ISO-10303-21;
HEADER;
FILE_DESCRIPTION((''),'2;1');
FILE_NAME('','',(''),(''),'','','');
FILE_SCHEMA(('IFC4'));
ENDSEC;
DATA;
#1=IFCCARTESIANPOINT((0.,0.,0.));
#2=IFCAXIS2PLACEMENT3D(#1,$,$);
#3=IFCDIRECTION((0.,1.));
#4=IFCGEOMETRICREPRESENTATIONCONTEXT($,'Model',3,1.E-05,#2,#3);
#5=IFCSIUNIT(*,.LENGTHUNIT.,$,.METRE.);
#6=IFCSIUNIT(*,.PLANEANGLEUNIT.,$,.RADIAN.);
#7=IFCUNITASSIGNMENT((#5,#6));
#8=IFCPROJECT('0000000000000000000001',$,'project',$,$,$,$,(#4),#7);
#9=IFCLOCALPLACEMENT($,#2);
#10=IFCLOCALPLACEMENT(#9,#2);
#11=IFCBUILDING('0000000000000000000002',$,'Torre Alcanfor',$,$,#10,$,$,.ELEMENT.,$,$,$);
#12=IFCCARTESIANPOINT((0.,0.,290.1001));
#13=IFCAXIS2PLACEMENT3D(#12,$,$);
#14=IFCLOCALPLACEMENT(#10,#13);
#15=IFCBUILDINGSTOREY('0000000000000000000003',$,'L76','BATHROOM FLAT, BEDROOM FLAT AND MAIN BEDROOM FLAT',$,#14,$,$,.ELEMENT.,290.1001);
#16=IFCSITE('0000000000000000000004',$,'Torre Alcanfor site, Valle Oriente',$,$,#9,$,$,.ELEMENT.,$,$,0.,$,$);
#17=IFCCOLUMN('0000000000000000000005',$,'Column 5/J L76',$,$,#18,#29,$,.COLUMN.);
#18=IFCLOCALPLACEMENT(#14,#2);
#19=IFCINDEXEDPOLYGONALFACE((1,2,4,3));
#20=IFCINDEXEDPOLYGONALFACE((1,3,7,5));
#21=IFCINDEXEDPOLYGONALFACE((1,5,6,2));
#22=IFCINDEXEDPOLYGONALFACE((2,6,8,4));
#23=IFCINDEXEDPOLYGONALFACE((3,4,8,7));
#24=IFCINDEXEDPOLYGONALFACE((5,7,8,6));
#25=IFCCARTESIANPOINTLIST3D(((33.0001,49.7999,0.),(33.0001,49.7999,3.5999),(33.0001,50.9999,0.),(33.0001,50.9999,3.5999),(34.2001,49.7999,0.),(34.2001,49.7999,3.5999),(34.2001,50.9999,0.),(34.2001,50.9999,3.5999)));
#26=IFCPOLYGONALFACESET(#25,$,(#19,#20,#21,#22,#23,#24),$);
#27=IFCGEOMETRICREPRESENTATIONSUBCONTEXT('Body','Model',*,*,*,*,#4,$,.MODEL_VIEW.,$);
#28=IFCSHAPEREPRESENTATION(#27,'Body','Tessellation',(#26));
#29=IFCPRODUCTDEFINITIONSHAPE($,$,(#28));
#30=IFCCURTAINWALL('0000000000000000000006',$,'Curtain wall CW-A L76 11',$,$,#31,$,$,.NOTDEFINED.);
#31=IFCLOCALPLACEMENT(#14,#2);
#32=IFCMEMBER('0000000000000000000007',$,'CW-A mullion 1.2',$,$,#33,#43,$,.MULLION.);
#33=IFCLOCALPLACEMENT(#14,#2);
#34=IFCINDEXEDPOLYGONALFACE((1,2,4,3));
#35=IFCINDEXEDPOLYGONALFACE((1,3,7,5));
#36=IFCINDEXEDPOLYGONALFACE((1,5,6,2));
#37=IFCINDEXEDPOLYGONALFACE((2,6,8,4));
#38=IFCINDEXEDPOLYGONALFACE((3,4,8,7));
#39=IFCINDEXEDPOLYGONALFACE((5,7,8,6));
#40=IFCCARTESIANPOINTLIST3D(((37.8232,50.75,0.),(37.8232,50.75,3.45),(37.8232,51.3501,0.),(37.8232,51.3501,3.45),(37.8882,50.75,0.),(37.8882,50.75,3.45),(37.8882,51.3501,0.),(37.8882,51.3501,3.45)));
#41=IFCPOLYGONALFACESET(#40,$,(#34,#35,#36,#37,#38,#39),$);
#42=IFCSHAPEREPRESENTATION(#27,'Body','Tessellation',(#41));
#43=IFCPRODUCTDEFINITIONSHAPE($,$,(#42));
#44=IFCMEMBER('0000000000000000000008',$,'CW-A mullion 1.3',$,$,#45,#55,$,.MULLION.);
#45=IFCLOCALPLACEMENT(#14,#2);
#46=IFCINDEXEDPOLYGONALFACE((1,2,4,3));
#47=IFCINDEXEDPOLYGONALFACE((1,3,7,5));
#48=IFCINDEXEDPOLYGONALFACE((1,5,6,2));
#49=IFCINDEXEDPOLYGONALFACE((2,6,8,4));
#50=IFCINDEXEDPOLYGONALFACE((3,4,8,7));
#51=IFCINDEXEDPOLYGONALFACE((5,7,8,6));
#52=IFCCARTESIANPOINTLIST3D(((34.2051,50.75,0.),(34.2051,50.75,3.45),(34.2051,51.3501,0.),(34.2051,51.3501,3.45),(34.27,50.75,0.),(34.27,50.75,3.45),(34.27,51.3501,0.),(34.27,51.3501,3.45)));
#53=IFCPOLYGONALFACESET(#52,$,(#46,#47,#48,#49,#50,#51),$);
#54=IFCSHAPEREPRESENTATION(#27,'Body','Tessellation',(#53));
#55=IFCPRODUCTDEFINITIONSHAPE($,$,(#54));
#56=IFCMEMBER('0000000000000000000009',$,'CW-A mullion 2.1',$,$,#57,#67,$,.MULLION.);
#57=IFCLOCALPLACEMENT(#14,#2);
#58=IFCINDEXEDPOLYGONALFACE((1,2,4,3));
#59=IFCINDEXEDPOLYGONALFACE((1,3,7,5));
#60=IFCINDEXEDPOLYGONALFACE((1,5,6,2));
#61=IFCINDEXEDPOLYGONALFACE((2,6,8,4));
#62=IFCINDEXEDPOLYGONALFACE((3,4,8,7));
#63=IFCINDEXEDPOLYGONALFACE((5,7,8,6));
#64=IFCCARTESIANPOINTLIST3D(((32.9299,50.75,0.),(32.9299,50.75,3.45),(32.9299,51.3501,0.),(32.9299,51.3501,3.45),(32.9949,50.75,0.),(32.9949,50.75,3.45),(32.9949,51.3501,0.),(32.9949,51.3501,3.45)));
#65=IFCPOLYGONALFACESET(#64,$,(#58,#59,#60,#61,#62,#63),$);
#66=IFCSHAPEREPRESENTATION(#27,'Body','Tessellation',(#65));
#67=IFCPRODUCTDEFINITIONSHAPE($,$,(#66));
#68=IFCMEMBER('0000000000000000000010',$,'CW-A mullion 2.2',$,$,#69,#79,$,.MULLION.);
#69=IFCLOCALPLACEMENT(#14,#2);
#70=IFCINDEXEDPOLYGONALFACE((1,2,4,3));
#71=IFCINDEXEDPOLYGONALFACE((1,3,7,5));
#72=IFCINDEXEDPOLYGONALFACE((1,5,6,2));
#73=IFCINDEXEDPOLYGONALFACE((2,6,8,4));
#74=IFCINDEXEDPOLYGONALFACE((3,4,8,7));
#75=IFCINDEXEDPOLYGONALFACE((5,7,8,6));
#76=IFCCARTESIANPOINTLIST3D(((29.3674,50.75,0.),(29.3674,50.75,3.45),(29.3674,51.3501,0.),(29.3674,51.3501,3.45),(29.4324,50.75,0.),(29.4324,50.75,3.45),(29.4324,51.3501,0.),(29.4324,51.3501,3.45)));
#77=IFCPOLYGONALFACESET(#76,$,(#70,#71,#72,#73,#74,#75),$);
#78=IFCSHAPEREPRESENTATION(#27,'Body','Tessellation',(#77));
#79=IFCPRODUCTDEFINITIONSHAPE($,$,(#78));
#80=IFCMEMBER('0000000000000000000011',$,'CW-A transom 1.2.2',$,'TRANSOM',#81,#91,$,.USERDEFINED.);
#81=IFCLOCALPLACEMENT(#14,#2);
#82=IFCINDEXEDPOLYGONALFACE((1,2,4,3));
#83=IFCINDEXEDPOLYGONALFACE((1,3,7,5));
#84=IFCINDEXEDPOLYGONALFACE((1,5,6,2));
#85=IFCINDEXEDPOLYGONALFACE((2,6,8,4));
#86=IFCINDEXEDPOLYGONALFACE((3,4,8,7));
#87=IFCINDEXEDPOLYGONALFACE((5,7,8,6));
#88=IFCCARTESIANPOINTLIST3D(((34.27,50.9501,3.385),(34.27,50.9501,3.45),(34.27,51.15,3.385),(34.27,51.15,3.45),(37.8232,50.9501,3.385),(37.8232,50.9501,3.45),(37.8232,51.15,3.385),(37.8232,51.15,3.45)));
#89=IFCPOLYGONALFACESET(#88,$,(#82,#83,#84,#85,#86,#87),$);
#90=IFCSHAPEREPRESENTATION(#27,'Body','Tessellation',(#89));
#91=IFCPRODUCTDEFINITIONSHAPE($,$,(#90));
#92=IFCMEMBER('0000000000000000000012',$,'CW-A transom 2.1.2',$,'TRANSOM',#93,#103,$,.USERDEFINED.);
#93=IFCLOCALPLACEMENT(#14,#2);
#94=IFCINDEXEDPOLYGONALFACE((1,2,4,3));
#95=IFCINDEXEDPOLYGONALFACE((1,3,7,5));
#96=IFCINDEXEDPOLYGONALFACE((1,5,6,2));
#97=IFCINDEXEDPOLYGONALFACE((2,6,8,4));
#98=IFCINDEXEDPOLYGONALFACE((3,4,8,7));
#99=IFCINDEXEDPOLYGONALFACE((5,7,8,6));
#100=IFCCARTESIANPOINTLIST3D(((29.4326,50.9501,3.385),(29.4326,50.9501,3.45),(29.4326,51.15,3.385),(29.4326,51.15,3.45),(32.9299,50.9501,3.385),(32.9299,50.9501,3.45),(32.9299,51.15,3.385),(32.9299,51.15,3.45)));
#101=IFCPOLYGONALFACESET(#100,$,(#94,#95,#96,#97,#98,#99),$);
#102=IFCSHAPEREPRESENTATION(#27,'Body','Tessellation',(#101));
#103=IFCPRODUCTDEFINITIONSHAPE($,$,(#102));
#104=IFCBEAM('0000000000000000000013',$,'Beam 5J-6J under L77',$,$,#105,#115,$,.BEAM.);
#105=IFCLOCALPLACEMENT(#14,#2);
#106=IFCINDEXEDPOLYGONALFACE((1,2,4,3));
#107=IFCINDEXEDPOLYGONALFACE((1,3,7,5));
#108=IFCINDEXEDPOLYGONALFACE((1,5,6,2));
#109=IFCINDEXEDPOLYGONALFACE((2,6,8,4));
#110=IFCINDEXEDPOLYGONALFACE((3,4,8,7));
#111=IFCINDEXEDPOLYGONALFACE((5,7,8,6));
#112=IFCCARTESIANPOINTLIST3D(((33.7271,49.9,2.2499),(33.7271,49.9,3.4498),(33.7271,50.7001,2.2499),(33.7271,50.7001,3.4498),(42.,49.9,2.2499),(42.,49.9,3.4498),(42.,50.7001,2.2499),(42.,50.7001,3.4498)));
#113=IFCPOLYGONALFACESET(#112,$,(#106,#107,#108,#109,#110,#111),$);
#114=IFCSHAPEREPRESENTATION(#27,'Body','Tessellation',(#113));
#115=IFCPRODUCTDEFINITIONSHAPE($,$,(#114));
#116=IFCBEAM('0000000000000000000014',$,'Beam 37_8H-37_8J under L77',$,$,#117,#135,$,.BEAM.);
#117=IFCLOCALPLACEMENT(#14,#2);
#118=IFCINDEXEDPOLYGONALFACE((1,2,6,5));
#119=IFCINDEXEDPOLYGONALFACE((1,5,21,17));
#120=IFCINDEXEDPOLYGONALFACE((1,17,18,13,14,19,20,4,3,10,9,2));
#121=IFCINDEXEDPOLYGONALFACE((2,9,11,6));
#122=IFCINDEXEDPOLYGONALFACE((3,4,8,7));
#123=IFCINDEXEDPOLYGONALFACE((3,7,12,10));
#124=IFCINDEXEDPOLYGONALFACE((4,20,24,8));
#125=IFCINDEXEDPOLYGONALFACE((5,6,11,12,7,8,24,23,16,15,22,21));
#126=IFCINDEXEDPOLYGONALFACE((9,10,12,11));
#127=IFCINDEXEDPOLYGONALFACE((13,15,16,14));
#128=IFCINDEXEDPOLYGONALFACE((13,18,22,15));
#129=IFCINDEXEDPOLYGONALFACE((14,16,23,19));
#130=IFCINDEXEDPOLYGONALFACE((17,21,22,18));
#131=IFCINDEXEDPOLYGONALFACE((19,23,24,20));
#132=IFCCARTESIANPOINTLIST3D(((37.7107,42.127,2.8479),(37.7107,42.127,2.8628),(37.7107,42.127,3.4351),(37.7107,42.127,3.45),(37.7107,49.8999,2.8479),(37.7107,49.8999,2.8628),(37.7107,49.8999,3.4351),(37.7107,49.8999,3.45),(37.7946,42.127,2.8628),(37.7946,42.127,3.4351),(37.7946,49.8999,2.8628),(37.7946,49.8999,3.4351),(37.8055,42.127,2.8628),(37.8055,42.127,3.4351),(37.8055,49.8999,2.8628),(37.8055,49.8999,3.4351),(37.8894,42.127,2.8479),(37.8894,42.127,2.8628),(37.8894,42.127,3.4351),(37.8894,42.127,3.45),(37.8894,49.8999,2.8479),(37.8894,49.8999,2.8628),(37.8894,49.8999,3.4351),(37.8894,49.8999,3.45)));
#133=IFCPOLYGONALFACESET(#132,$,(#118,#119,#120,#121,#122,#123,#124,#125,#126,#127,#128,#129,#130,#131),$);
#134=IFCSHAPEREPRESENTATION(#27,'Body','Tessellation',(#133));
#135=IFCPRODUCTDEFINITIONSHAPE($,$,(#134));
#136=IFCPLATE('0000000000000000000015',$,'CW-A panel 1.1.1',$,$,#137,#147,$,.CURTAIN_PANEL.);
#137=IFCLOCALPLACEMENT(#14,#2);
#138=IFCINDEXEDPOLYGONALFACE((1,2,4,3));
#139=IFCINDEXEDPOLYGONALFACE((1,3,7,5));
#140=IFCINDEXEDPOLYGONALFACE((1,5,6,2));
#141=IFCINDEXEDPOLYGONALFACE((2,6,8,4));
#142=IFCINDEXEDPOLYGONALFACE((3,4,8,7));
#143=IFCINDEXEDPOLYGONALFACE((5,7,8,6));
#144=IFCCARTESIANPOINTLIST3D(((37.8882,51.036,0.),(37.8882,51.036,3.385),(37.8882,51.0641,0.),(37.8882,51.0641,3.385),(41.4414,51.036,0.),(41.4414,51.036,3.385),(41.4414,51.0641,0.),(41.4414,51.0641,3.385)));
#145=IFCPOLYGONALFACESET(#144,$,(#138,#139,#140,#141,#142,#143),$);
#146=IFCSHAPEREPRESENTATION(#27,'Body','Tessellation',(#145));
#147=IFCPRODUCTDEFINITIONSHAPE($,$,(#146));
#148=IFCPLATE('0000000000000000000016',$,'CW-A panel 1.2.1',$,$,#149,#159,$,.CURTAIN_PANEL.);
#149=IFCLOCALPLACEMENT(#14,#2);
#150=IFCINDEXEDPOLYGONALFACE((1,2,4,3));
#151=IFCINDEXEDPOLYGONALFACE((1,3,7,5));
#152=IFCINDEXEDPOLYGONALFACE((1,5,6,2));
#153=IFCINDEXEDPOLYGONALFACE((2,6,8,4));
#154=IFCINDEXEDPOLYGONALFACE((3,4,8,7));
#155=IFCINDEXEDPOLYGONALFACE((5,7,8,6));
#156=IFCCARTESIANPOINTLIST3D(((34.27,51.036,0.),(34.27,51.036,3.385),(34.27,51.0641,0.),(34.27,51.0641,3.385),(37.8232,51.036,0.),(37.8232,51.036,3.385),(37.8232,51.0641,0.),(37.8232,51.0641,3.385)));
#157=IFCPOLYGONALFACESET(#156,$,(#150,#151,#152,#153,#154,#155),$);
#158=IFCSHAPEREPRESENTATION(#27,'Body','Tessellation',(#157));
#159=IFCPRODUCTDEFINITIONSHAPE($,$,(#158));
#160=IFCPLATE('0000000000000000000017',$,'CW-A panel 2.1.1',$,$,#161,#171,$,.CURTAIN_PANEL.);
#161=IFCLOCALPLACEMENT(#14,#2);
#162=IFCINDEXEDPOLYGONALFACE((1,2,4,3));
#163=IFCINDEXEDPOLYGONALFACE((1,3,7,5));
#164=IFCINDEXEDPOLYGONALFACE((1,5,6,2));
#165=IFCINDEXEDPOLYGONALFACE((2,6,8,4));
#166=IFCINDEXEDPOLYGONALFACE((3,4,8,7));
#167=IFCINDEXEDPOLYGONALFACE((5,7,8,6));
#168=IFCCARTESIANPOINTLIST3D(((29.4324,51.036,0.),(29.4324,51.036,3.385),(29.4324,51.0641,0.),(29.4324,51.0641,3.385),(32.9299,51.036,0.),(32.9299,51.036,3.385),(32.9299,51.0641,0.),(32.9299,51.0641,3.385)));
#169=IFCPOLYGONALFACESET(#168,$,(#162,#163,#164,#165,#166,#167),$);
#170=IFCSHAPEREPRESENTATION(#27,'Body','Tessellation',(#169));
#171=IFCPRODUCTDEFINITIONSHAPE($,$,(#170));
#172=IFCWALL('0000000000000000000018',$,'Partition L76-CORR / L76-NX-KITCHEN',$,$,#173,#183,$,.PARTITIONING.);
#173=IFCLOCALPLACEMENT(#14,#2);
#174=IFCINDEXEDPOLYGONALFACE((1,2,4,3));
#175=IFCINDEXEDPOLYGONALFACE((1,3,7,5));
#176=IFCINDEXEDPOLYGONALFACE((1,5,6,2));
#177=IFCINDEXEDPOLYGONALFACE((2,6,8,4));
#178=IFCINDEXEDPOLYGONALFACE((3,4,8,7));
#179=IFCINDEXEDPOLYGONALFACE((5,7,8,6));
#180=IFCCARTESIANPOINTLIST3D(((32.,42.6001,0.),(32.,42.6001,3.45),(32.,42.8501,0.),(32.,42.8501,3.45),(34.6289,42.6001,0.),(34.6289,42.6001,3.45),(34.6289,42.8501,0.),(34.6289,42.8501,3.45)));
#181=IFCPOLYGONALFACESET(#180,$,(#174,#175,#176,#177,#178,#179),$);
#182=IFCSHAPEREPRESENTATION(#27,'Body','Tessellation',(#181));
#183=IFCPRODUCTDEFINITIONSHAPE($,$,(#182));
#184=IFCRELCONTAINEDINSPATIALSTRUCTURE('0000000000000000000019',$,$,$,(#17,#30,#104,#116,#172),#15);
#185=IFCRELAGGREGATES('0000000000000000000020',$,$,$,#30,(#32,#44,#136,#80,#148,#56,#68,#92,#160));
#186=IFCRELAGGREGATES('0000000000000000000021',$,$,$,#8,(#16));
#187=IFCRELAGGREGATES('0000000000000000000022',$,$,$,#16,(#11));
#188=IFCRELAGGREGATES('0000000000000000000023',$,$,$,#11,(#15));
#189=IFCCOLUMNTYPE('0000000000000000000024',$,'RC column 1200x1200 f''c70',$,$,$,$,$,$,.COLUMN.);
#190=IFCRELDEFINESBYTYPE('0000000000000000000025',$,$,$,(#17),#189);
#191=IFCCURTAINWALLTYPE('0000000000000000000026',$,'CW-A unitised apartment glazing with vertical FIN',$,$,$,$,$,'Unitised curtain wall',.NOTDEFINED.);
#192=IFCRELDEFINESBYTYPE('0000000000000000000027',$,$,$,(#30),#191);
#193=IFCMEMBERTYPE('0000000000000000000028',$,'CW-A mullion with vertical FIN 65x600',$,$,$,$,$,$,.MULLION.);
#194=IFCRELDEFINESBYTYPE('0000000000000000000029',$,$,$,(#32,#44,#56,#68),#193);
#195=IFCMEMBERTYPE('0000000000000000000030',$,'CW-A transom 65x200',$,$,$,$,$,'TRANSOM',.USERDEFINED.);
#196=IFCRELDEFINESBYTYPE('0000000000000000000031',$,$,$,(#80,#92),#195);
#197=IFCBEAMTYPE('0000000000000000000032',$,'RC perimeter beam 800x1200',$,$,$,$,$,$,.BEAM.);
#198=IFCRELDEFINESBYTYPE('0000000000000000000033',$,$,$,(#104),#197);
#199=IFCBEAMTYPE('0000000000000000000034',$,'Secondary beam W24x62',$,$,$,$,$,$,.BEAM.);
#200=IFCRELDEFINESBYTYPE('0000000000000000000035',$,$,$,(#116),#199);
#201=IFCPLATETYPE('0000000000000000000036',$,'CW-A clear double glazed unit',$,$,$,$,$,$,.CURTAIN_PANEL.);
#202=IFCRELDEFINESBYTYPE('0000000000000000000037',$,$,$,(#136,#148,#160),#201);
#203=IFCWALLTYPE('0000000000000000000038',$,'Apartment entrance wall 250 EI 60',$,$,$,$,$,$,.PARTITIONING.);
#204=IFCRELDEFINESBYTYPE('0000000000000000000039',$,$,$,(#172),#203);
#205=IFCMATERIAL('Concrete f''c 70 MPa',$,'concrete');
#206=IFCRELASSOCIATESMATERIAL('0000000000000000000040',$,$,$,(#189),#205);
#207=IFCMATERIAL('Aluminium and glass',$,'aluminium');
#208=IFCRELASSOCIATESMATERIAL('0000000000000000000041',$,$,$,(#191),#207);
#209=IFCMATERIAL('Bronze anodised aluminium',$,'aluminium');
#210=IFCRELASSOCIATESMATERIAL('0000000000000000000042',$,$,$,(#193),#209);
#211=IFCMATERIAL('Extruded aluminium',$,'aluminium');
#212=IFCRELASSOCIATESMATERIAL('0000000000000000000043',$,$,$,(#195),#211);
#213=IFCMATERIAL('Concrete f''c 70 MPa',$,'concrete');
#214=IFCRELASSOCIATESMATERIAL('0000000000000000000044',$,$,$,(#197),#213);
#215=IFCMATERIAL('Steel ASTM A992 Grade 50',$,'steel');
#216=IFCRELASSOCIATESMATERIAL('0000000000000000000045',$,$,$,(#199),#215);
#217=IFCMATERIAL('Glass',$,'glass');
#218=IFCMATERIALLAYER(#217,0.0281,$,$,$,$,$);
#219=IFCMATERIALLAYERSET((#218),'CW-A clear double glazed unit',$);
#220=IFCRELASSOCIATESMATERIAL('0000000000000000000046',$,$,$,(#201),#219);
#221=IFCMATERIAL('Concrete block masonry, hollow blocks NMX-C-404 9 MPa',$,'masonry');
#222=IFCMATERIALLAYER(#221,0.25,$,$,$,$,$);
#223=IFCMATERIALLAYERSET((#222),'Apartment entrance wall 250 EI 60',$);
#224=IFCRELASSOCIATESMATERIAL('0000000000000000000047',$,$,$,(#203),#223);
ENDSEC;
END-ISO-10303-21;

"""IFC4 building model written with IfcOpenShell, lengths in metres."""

from ifc_helpers import new_model, si_unit, direction, frame, frame_2d, origin, origin_2d, place, context, subcontext, project, spatial, rectangle, i_section, extrude, material, layer, layer_set, material_profile, profile_set, type_object, element, aggregate, save


model = new_model("IFC4")

# Units and contexts
model_context = context("Model", 3, precision=1e-05, world=origin(), true_north=direction((0.0, 1.0)))
body_context = subcontext(model_context, "Body", "Model", "MODEL_VIEW")
ifc_project = project(units=[si_unit("LENGTHUNIT", "METRE"), si_unit("PLANEANGLEUNIT", "RADIAN")], contexts=[model_context])

# Site, building, storey
site_placement = place(None, origin())
site = spatial("IfcSite", under=ifc_project, at=site_placement, Name="Torre Alcanfor site, Valle Oriente", CompositionType="ELEMENT", RefElevation=0.0)
building_placement = place(site_placement, origin())
building = spatial("IfcBuilding", under=site, at=building_placement, Name="Torre Alcanfor", CompositionType="ELEMENT")
storey_placement = place(building_placement, frame((0.0, 0.0, 290.1001)))
storey = spatial("IfcBuildingStorey", under=building, at=storey_placement, Name="L76", Description="BATHROOM FLAT, BEDROOM FLAT AND MAIN BEDROOM FLAT", CompositionType="ELEMENT", Elevation=290.1001)

# Column
ifc_material_1 = material(Name="Concrete f'c 70 MPa", Category="concrete")
ifc_material_profile_1 = material_profile(ifc_material_1, rectangle(XDim=1.2, YDim=1.2, at=origin_2d()), Name="1200x1200")
ifc_profile_set_1 = profile_set([ifc_material_profile_1], Name="Concrete f'c 70 MPa")
column_type = type_object("IfcColumnType", Name="RC column 1200x1200 f'c70", PredefinedType="COLUMN", material=ifc_profile_set_1)
column_placement = place(storey_placement, frame((33.6001, 50.3999, 0.0), z_axis=(0.0, 0.0, 1.0), x_axis=(1.0, 0.0, 0.0)))
element("IfcColumn", 1, at=column_placement, inside=storey, type_object=column_type, Name="Column 5/J L76", PredefinedType="COLUMN", context=body_context, shape_type="SweptSolid", body=[
    extrude(rectangle(XDim=1.2, YDim=1.2, at=origin_2d()), origin(), (0.0, 0.0, 1.0), 3.5999),
])

# Curtain wall, members
ifc_material_2 = material(Name="Aluminium and glass", Category="aluminium")
curtain_wall_type = type_object("IfcCurtainWallType", Name="CW-A unitised apartment glazing with vertical FIN", ElementType="Unitised curtain wall", PredefinedType="NOTDEFINED", material=ifc_material_2)
curtain_wall_placement = place(storey_placement, origin())
curtain_wall = element("IfcCurtainWall", 2, at=curtain_wall_placement, inside=storey, type_object=curtain_wall_type, Name="Curtain wall CW-A L76 11", PredefinedType="NOTDEFINED")
ifc_material_3 = material(Name="Bronze anodised aluminium", Category="aluminium")
ifc_material_profile_2 = material_profile(ifc_material_3, rectangle(XDim=0.6001, YDim=0.0649, at=origin_2d()), Name="CW-A mullion 65x600")
ifc_profile_set_2 = profile_set([ifc_material_profile_2], Name="Bronze anodised aluminium")
member_type_1 = type_object("IfcMemberType", Name="CW-A mullion with vertical FIN 65x600", PredefinedType="MULLION", material=ifc_profile_set_2)
member_1_placement = place(storey_placement, frame((37.8557, 51.05, 0.0), z_axis=(0.0, 0.0, 1.0), x_axis=(0.0, -1.0, 0.0)))
member_1 = element("IfcMember", 3, at=member_1_placement, type_object=member_type_1, Name="CW-A mullion 1.2", PredefinedType="MULLION", context=body_context, shape_type="SweptSolid", body=[
    extrude(rectangle(XDim=0.6001, YDim=0.0649, at=origin_2d()), origin(), (0.0, 0.0, 1.0), 3.45),
])
member_2_placement = place(storey_placement, frame((34.2375, 51.05, 0.0), z_axis=(0.0, 0.0, 1.0), x_axis=(0.0, -1.0, 0.0)))
member_2 = element("IfcMember", 4, at=member_2_placement, type_object=member_type_1, Name="CW-A mullion 1.3", PredefinedType="MULLION", context=body_context, shape_type="SweptSolid", body=[
    extrude(rectangle(XDim=0.6001, YDim=0.0649, at=origin_2d()), origin(), (0.0, 0.0, 1.0), 3.45),
])
member_3_placement = place(storey_placement, frame((32.9624, 51.05, 0.0), z_axis=(0.0, 0.0, 1.0), x_axis=(0.0, -1.0, 0.0)))
member_3 = element("IfcMember", 5, at=member_3_placement, type_object=member_type_1, Name="CW-A mullion 2.1", PredefinedType="MULLION", context=body_context, shape_type="SweptSolid", body=[
    extrude(rectangle(XDim=0.6001, YDim=0.0649, at=origin_2d()), origin(), (0.0, 0.0, 1.0), 3.45),
])
member_4_placement = place(storey_placement, frame((29.3999, 51.05, 0.0), z_axis=(0.0, 0.0, 1.0), x_axis=(0.0, -1.0, 0.0)))
member_4 = element("IfcMember", 6, at=member_4_placement, type_object=member_type_1, Name="CW-A mullion 2.2", PredefinedType="MULLION", context=body_context, shape_type="SweptSolid", body=[
    extrude(rectangle(XDim=0.6001, YDim=0.0649, at=origin_2d()), origin(), (0.0, 0.0, 1.0), 3.45),
])
ifc_material_4 = material(Name="Extruded aluminium", Category="aluminium")
ifc_material_profile_3 = material_profile(ifc_material_4, rectangle(XDim=0.2, YDim=0.0649, at=origin_2d()), Name="CW-A transom 200x65")
ifc_profile_set_3 = profile_set([ifc_material_profile_3], Name="Extruded aluminium")
member_type_2 = type_object("IfcMemberType", Name="CW-A transom 65x200", ElementType="TRANSOM", PredefinedType="USERDEFINED", material=ifc_profile_set_3)
member_5_placement = place(storey_placement, frame((37.8232, 51.05, 3.4175), z_axis=(-1.0, 0.0, 0.0), x_axis=(0.0, -1.0, 0.0)))
member_5 = element("IfcMember", 7, at=member_5_placement, type_object=member_type_2, Name="CW-A transom 1.2.2", ObjectType="TRANSOM", PredefinedType="USERDEFINED", context=body_context, shape_type="SweptSolid", body=[
    extrude(rectangle(XDim=0.2, YDim=0.0649, at=origin_2d()), origin(), (0.0, 0.0, 1.0), 3.5532),
])
member_6_placement = place(storey_placement, frame((32.9299, 51.05, 3.4175), z_axis=(-1.0, 0.0, 0.0), x_axis=(0.0, -1.0, 0.0)))
member_6 = element("IfcMember", 8, at=member_6_placement, type_object=member_type_2, Name="CW-A transom 2.1.2", ObjectType="TRANSOM", PredefinedType="USERDEFINED", context=body_context, shape_type="SweptSolid", body=[
    extrude(rectangle(XDim=0.2, YDim=0.0649, at=origin_2d()), origin(), (0.0, 0.0, 1.0), 3.4973),
])

# Beams
ifc_material_5 = material(Name="Concrete f'c 70 MPa", Category="concrete")
ifc_material_profile_4 = material_profile(ifc_material_5, rectangle(XDim=0.8, YDim=1.2, at=origin_2d()), Name="800x1200")
ifc_profile_set_4 = profile_set([ifc_material_profile_4], Name="Concrete f'c 70 MPa")
beam_type_1 = type_object("IfcBeamType", Name="RC perimeter beam 800x1200", PredefinedType="BEAM", material=ifc_profile_set_4)
beam_1_placement = place(storey_placement, frame((33.7271, 50.3, 2.8499), z_axis=(1.0, 0.0, 0.0), x_axis=(0.0, 1.0, 0.0)))
element("IfcBeam", 9, at=beam_1_placement, inside=storey, type_object=beam_type_1, Name="Beam 5J-6J under L77", PredefinedType="BEAM", context=body_context, shape_type="SweptSolid", body=[
    extrude(rectangle(XDim=0.8, YDim=1.2, at=origin_2d()), origin(), (0.0, 0.0, 1.0), 8.2729),
])
ifc_material_6 = material(Name="Steel ASTM A992 Grade 50", Category="steel")
ifc_material_profile_5 = material_profile(ifc_material_6, i_section(OverallWidth=0.1787, OverallDepth=0.6021, WebThickness=0.011, FlangeThickness=0.0149, at=origin_2d()), Name="W24x62")
ifc_profile_set_5 = profile_set([ifc_material_profile_5], Name="Steel ASTM A992 Grade 50")
beam_type_2 = type_object("IfcBeamType", Name="Secondary beam W24x62", PredefinedType="BEAM", material=ifc_profile_set_5)
beam_2_placement = place(storey_placement, frame((37.8, 42.127, 3.1489), z_axis=(0.0, 1.0, 0.0), x_axis=(-1.0, 0.0, 0.0)))
element("IfcBeam", 10, at=beam_2_placement, inside=storey, type_object=beam_type_2, Name="Beam 37_8H-37_8J under L77", PredefinedType="BEAM", context=body_context, shape_type="SweptSolid", body=[
    extrude(i_section(OverallWidth=0.1787, OverallDepth=0.6021, WebThickness=0.011, FlangeThickness=0.0149, at=origin_2d()), origin(), (0.0, 0.0, 1.0), 7.7729),
])

# Plates
ifc_material_7 = material(Name="Glass", Category="glass")
ifc_layer_1 = layer(ifc_material_7, 0.0281)
ifc_layer_set_1 = layer_set([ifc_layer_1], Name="CW-A clear double glazed unit")
plate_type = type_object("IfcPlateType", Name="CW-A clear double glazed unit", PredefinedType="CURTAIN_PANEL", material=ifc_layer_set_1)
plate_1_placement = place(storey_placement, frame((39.6648, 51.05, 0.0), z_axis=(0.0, 0.0, 1.0), x_axis=(-1.0, 0.0, 0.0)))
plate_1 = element("IfcPlate", 11, at=plate_1_placement, type_object=plate_type, Name="CW-A panel 1.1.1", PredefinedType="CURTAIN_PANEL", context=body_context, shape_type="SweptSolid", body=[
    extrude(rectangle(XDim=3.5532, YDim=0.0281, at=origin_2d()), origin(), (0.0, 0.0, 1.0), 3.385),
])
plate_2_placement = place(storey_placement, frame((36.0466, 51.05, 0.0), z_axis=(0.0, 0.0, 1.0), x_axis=(-1.0, 0.0, 0.0)))
plate_2 = element("IfcPlate", 12, at=plate_2_placement, type_object=plate_type, Name="CW-A panel 1.2.1", PredefinedType="CURTAIN_PANEL", context=body_context, shape_type="SweptSolid", body=[
    extrude(rectangle(XDim=3.5532, YDim=0.0281, at=origin_2d()), origin(), (0.0, 0.0, 1.0), 3.385),
])
plate_3_placement = place(storey_placement, frame((31.1812, 51.05, 0.0), z_axis=(0.0, 0.0, 1.0), x_axis=(-1.0, 0.0, 0.0)))
plate_3 = element("IfcPlate", 13, at=plate_3_placement, type_object=plate_type, Name="CW-A panel 2.1.1", PredefinedType="CURTAIN_PANEL", context=body_context, shape_type="SweptSolid", body=[
    extrude(rectangle(XDim=3.4976, YDim=0.0281, at=origin_2d()), origin(), (0.0, 0.0, 1.0), 3.385),
])
aggregate(curtain_wall, [member_1, member_2, plate_1, member_5, plate_2, member_3, member_4, member_6, plate_3])

# Wall
ifc_material_8 = material(Name="Concrete block masonry, hollow blocks NMX-C-404 9 MPa", Category="masonry")
ifc_layer_2 = layer(ifc_material_8, 0.25)
ifc_layer_set_2 = layer_set([ifc_layer_2], Name="Apartment entrance wall 250 EI 60")
wall_type_1 = type_object("IfcWallType", Name="Apartment entrance wall 250 EI 60", PredefinedType="PARTITIONING", material=ifc_layer_set_2)
wall_1_placement = place(storey_placement, frame((32.0, 42.7251, 0.0), z_axis=(0.0, 0.0, 1.0), x_axis=(1.0, 0.0, 0.0)))
element("IfcWall", 14, at=wall_1_placement, inside=storey, type_object=wall_type_1, Name="Partition L76-CORR / L76-NX-KITCHEN", PredefinedType="PARTITIONING", context=body_context, shape_type="SweptSolid", body=[
    extrude(rectangle(XDim=2.6289, YDim=0.25, at=frame_2d((1.3145, 0.0))), origin(), (0.0, 0.0, 1.0), 3.45),
])

save(model, "model.ifc")
